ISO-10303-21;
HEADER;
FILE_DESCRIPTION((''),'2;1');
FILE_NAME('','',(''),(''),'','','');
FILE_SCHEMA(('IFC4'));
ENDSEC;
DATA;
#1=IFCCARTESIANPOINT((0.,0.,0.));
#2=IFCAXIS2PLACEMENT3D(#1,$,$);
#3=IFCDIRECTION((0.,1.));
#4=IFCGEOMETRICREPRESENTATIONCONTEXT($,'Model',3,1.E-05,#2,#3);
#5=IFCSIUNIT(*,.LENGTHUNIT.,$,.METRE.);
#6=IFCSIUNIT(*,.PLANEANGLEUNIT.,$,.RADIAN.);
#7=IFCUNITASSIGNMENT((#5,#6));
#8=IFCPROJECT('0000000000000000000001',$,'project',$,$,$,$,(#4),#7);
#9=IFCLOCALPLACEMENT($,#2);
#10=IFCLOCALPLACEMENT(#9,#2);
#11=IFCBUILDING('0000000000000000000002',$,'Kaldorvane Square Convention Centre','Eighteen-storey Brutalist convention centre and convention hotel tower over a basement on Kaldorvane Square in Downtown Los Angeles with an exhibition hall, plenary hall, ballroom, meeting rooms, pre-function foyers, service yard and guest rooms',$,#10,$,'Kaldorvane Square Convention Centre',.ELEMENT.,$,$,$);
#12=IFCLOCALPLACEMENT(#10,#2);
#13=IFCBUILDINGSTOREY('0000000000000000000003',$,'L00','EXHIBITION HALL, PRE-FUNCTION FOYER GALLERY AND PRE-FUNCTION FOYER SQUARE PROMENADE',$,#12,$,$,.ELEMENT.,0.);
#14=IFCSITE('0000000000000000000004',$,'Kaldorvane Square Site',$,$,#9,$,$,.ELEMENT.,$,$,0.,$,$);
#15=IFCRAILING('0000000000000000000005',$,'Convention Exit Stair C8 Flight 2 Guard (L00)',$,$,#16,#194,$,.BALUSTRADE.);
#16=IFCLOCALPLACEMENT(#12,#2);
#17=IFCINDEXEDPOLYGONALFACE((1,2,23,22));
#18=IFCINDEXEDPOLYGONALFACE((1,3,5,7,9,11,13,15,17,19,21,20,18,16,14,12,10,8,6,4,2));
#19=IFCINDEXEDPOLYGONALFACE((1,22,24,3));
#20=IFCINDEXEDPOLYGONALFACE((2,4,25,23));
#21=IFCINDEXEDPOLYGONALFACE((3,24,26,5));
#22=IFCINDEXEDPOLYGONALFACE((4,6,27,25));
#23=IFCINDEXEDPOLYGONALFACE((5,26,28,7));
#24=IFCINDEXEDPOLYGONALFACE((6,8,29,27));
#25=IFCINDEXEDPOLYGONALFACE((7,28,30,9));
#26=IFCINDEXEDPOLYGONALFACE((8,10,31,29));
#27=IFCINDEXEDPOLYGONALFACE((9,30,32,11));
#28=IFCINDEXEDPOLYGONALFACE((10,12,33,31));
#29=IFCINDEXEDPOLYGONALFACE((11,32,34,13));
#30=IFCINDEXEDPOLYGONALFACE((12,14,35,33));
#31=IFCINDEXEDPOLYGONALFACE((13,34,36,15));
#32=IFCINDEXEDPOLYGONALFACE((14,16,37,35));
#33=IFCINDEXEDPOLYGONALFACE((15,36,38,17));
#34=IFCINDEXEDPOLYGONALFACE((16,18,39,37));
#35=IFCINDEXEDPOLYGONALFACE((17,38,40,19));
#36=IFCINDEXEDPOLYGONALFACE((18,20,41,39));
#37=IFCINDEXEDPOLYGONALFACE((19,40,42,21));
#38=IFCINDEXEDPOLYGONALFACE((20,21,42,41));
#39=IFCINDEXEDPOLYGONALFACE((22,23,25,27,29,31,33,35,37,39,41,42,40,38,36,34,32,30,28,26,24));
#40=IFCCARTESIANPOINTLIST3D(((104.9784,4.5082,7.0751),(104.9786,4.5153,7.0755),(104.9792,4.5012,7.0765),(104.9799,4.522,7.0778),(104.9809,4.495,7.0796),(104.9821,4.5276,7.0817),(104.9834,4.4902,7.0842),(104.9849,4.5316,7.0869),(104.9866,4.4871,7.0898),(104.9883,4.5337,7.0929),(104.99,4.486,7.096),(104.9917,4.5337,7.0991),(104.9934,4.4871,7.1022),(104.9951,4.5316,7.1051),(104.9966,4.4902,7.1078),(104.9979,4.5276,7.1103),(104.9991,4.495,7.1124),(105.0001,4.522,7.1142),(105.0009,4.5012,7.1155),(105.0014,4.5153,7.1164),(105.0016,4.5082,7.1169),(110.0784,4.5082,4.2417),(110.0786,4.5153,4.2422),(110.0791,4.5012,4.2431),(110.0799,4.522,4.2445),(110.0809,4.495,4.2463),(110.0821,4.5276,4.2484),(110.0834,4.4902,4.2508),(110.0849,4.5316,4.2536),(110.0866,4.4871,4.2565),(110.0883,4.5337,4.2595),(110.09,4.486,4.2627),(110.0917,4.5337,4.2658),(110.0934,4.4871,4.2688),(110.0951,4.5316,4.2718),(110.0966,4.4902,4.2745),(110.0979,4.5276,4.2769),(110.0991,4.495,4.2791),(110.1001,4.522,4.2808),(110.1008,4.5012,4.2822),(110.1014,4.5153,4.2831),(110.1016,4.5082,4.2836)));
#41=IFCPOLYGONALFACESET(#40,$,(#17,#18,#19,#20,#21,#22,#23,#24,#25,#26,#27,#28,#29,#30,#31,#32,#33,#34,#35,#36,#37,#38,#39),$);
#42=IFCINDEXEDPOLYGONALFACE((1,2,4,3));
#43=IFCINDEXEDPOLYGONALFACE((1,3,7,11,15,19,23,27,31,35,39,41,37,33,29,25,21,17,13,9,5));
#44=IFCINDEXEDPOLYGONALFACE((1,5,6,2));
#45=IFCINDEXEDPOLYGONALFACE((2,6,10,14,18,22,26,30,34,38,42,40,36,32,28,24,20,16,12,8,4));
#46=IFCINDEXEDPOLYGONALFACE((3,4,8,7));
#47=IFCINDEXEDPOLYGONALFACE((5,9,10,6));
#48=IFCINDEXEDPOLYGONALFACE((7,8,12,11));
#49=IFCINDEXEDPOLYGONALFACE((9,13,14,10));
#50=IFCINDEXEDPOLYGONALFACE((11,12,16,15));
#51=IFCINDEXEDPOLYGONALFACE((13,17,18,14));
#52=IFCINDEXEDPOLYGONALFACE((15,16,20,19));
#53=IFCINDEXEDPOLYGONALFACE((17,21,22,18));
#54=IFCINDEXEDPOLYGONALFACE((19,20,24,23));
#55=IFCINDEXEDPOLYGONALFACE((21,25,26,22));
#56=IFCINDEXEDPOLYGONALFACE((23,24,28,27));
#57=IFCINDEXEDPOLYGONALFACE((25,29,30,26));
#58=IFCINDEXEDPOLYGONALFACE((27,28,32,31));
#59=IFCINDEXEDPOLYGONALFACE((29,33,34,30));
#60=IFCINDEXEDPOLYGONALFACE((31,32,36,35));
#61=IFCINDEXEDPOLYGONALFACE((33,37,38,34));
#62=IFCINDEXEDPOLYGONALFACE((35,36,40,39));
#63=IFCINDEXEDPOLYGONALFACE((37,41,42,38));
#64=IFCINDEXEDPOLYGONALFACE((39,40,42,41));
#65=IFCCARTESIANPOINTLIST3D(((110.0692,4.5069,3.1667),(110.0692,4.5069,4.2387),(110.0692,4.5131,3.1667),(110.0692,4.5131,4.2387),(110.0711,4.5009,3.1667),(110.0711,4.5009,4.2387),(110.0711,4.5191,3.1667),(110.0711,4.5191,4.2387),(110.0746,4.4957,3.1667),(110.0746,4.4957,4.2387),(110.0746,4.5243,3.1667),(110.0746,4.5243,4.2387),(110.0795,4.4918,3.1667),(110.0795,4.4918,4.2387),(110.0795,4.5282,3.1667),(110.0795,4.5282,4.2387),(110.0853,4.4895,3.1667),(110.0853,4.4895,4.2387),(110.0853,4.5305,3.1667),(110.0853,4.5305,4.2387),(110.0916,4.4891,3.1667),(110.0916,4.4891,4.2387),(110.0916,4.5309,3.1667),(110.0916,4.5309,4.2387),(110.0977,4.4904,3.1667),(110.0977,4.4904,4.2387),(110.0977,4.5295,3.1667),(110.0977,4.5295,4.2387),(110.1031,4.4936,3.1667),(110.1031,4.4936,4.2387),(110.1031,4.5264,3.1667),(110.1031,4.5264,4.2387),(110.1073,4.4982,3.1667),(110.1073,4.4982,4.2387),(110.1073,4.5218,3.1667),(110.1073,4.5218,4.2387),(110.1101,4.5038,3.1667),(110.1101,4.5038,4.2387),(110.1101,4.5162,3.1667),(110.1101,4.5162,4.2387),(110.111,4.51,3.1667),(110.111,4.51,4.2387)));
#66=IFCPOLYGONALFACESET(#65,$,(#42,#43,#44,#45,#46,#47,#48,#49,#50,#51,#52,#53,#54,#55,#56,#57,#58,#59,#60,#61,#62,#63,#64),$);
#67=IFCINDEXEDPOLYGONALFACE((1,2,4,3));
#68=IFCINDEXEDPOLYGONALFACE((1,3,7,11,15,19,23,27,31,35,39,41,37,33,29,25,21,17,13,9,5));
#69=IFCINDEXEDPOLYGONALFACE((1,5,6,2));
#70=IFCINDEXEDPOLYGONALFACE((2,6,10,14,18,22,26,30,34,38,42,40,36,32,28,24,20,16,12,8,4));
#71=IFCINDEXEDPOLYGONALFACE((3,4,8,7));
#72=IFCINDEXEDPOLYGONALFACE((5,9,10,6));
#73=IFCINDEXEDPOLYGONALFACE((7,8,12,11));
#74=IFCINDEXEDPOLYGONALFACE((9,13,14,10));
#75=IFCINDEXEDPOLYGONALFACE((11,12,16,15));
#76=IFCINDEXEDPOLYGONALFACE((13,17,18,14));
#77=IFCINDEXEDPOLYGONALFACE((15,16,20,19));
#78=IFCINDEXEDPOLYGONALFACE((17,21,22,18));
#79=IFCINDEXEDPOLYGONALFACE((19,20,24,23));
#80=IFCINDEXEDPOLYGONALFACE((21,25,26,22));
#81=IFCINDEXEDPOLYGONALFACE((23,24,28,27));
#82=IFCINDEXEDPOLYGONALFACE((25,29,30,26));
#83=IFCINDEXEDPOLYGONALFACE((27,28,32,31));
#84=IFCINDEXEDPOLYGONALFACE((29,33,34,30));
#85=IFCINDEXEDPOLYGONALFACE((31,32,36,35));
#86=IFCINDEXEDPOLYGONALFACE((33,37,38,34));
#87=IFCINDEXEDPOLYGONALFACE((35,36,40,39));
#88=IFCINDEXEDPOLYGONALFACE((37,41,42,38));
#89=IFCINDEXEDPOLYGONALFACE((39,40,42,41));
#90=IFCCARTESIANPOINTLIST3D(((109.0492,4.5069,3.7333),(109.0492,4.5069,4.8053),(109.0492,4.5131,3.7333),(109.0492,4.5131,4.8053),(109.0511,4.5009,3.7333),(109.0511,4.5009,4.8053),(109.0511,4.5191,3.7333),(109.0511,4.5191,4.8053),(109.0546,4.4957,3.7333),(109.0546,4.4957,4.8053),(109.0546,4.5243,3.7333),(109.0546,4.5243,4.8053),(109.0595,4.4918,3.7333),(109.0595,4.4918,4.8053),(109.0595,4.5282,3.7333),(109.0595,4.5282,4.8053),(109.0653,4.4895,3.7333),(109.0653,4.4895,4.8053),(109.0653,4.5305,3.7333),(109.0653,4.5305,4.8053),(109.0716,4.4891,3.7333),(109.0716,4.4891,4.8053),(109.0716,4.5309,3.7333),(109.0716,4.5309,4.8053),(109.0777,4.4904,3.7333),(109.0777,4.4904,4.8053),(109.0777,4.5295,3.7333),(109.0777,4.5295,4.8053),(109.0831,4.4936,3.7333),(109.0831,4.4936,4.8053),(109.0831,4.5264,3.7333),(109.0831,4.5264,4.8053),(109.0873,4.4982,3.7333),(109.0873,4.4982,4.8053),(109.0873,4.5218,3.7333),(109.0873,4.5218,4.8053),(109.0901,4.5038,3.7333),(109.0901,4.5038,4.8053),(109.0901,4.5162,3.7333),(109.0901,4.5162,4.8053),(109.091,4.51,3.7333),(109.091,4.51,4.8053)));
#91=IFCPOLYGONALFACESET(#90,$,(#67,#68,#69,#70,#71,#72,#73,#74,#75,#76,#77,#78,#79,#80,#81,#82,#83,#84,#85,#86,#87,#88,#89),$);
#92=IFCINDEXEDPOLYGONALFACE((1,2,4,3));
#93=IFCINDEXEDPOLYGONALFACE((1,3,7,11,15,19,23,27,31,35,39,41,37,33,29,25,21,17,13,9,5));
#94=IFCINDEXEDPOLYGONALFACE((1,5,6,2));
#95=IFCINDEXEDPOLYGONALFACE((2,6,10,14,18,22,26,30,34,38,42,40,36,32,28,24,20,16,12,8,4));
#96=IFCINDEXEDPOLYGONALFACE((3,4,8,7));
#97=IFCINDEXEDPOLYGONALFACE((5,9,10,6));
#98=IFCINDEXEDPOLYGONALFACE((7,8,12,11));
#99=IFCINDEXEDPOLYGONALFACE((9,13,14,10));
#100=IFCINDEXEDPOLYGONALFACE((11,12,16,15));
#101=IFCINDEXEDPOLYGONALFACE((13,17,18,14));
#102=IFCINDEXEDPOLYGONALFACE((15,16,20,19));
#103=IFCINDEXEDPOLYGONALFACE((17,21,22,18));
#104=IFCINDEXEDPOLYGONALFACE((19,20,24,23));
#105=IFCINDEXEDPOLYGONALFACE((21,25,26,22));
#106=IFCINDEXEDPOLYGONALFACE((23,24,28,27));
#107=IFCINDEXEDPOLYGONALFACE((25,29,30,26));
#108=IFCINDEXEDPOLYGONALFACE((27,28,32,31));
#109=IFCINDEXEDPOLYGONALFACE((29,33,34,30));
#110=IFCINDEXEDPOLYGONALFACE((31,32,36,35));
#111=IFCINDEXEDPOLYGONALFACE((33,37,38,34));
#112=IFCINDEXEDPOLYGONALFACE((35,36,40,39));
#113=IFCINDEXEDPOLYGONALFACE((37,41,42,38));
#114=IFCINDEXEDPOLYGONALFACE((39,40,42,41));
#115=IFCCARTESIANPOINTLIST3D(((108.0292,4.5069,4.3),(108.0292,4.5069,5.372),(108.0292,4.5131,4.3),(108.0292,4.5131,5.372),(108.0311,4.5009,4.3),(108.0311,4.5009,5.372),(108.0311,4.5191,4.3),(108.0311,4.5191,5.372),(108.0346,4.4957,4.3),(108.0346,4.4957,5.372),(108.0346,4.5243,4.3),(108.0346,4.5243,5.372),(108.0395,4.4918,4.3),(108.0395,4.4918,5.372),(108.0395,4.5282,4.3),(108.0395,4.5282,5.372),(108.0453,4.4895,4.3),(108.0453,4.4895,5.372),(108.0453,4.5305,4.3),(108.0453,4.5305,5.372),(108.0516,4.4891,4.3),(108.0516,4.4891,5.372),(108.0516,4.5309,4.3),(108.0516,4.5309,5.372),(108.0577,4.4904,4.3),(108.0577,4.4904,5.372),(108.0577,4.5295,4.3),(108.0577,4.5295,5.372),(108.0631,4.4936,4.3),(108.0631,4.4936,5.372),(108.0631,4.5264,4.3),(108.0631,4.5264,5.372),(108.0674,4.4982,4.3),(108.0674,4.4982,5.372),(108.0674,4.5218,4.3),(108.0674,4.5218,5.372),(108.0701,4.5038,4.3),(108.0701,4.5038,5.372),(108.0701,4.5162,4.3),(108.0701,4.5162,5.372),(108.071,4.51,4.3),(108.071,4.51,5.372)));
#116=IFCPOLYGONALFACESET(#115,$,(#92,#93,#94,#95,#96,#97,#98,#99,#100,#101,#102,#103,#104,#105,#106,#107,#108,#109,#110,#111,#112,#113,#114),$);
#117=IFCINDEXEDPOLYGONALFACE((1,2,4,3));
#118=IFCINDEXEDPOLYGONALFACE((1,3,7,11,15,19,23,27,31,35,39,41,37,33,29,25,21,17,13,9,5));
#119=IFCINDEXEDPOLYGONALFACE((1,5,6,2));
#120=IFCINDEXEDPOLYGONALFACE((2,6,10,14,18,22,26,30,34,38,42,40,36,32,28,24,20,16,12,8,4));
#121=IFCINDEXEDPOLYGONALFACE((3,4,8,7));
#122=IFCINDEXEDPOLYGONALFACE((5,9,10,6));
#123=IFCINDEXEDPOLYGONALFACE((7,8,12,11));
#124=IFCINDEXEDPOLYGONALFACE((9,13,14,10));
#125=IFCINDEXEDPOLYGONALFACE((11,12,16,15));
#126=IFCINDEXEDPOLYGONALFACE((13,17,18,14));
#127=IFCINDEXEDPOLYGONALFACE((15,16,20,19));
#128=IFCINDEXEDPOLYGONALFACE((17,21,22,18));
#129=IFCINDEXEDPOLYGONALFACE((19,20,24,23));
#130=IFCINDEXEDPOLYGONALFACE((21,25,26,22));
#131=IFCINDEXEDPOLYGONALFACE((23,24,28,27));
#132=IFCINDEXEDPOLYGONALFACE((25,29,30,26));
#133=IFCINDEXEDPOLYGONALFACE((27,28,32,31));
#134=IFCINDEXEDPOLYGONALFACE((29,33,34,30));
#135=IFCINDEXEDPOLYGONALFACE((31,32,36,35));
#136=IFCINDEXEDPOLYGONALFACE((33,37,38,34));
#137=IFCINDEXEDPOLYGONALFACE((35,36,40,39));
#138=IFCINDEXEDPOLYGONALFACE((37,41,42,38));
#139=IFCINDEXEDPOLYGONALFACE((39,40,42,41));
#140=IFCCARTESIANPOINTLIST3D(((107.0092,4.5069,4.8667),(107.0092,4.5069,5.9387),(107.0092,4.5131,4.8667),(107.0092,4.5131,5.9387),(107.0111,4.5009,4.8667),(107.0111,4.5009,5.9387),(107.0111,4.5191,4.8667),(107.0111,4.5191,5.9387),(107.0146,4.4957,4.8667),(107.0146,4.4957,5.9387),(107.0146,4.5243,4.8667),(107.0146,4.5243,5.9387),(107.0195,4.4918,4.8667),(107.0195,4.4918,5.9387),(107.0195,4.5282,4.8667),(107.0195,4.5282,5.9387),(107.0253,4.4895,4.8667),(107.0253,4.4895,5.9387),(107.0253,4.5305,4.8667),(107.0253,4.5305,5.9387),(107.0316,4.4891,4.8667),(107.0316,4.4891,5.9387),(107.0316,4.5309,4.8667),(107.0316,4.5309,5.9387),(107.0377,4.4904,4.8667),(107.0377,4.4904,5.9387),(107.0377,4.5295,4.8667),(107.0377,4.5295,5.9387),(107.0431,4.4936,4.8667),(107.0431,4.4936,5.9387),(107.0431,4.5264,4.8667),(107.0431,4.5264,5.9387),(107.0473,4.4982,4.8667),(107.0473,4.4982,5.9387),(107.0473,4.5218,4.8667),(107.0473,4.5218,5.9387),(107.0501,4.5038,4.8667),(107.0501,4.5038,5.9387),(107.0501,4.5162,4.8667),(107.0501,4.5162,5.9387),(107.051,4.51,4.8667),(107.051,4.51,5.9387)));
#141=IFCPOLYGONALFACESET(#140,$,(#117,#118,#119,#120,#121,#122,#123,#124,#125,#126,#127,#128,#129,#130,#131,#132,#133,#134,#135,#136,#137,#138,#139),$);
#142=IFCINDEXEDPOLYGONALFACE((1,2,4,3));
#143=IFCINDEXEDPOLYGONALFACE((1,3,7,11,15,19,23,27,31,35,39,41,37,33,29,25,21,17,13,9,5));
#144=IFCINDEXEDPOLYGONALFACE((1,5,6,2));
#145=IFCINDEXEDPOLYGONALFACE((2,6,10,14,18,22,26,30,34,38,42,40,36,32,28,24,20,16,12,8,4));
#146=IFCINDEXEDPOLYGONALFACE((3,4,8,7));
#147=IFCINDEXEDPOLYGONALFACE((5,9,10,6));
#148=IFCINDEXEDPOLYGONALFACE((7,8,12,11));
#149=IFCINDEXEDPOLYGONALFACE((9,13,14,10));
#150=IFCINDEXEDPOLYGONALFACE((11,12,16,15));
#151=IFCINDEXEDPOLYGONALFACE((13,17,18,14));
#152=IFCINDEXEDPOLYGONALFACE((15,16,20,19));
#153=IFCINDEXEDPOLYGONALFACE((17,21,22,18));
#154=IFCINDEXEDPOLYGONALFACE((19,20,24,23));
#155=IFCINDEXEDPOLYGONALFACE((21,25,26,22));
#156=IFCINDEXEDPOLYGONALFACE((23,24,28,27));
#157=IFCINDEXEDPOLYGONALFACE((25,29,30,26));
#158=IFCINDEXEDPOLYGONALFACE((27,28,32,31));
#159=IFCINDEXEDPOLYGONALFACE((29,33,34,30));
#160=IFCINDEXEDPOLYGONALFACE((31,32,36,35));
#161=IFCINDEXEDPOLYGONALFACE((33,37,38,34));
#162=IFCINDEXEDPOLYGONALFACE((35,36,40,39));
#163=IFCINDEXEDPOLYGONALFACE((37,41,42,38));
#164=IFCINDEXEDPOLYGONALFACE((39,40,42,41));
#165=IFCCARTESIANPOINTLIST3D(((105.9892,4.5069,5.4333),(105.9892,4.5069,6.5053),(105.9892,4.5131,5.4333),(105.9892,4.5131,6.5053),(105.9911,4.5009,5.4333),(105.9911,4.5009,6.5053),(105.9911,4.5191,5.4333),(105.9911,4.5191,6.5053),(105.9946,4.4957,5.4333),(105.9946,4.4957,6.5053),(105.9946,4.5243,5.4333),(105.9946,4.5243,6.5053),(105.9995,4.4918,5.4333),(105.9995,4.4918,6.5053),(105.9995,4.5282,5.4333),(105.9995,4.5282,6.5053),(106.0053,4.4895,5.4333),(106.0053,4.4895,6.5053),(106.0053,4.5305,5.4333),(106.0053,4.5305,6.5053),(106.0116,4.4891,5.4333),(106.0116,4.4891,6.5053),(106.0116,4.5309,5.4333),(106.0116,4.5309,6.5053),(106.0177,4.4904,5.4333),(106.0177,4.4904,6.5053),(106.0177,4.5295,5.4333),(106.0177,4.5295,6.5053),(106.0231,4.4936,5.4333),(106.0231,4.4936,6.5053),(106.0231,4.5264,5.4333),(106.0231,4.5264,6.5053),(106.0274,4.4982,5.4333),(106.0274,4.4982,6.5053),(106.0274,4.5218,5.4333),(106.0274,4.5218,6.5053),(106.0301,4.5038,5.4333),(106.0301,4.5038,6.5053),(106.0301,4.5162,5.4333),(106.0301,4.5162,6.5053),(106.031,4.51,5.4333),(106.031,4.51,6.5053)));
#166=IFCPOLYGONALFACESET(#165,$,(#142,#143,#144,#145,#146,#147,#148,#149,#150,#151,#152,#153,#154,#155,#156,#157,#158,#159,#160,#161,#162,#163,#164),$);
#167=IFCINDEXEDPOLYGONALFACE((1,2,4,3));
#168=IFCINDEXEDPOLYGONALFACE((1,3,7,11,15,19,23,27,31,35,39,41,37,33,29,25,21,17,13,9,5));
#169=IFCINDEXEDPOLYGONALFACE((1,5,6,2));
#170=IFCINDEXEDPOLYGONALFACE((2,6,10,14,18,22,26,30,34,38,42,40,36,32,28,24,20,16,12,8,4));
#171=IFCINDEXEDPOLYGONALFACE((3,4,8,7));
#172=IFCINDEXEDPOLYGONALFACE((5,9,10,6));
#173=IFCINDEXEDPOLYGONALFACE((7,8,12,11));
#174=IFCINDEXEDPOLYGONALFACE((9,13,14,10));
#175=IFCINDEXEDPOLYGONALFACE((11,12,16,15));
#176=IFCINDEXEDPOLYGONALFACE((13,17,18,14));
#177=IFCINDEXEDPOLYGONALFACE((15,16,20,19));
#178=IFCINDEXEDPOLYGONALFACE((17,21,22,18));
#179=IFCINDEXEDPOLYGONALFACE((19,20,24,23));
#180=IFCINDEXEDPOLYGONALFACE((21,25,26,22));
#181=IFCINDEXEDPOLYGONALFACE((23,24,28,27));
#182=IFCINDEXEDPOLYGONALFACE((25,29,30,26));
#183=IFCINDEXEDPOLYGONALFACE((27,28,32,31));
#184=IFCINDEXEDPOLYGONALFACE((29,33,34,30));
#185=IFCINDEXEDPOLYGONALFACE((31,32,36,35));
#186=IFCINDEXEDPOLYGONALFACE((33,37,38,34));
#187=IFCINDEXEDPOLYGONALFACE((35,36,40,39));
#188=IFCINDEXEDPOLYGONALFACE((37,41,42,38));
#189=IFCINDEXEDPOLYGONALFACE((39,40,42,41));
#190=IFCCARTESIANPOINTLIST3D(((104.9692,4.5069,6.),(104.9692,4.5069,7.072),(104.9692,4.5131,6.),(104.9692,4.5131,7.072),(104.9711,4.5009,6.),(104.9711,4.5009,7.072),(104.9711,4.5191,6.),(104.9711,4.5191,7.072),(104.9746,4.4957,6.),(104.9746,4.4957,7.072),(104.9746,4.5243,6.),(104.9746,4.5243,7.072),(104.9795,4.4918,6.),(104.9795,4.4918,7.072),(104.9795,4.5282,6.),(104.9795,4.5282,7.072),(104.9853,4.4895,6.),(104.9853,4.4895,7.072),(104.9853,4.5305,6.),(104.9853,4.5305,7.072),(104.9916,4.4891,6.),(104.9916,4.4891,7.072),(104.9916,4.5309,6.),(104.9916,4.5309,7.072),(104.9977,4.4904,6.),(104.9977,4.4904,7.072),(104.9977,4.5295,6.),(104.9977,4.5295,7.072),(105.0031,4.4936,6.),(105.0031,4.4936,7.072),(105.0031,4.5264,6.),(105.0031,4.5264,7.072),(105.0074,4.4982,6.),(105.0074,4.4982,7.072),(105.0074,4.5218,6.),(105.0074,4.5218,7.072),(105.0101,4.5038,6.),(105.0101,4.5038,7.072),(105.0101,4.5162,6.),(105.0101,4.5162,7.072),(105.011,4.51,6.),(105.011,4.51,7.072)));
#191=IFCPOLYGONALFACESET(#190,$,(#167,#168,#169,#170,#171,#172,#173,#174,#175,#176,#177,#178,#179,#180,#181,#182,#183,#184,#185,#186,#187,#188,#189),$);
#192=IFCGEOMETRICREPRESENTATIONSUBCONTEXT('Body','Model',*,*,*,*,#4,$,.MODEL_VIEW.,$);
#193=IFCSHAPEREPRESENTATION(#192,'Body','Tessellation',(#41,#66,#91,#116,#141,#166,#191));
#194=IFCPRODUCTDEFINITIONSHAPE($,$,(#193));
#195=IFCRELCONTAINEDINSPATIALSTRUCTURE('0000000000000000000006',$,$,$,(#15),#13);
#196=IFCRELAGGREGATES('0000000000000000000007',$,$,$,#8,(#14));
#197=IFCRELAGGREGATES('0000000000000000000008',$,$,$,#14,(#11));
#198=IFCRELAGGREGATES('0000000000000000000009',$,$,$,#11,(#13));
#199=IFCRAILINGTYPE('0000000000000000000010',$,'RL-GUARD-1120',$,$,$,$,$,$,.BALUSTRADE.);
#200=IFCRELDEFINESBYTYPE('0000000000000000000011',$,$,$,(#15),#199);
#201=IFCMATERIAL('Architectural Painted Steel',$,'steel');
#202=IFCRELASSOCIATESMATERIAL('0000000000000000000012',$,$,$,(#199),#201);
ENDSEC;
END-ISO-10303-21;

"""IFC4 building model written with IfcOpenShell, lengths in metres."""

from ifc_helpers import new_model, si_unit, direction, frame, origin, origin_2d, place, context, subcontext, project, spatial, circle, extrude, material, type_object, element, save


model = new_model("IFC4")

# Units and contexts
model_context = context("Model", 3, precision=1e-05, world=origin(), true_north=direction((0.0, 1.0)))
body_context = subcontext(model_context, "Body", "Model", "MODEL_VIEW")
ifc_project = project(units=[si_unit("LENGTHUNIT", "METRE"), si_unit("PLANEANGLEUNIT", "RADIAN")], contexts=[model_context])

# Site, building, storey
site_placement = place(None, origin())
site = spatial("IfcSite", under=ifc_project, at=site_placement, Name="Kaldorvane Square Site", CompositionType="ELEMENT", RefElevation=0.0)
building_placement = place(site_placement, origin())
building = spatial("IfcBuilding", under=site, at=building_placement, Name="Kaldorvane Square Convention Centre", Description="Eighteen-storey Brutalist convention centre and convention hotel tower over a basement on Kaldorvane Square in Downtown Los Angeles with an exhibition hall, plenary hall, ballroom, meeting rooms, pre-function foyers, service yard and guest rooms", LongName="Kaldorvane Square Convention Centre", CompositionType="ELEMENT")
storey_placement = place(building_placement, origin())
storey = spatial("IfcBuildingStorey", under=building, at=storey_placement, Name="L00", Description="EXHIBITION HALL, PRE-FUNCTION FOYER GALLERY AND PRE-FUNCTION FOYER SQUARE PROMENADE", CompositionType="ELEMENT", Elevation=0.0)

# Railing
ifc_material_1 = material(Name="Architectural Painted Steel", Category="steel")
railing_type_1 = type_object("IfcRailingType", Name="RL-GUARD-1120", PredefinedType="BALUSTRADE", material=ifc_material_1)
railing_1_placement = place(storey_placement, frame((110.09, 4.51, 3.1667)))
element("IfcRailing", 1, at=railing_1_placement, inside=storey, type_object=railing_type_1, Name="Convention Exit Stair C8 Flight 2 Guard (L00)", PredefinedType="BALUSTRADE", context=body_context, shape_type="SweptSolid", body=[
    extrude(circle(Radius=0.024, at=origin_2d()), frame((0.0, 0.0, 1.096), z_axis=(-0.874157, 0.0, 0.485643), x_axis=(0.0, -1.0, 0.0)), (0.0, 0.0, 1.0), 5.8342),
    extrude(circle(Radius=0.021, at=origin_2d()), origin(), (0.0, 0.0, 1.0), 1.072),
    extrude(circle(Radius=0.021, at=origin_2d()), frame((-1.02, 0.0, 0.5667)), (0.0, 0.0, 1.0), 1.072),
    extrude(circle(Radius=0.021, at=origin_2d()), frame((-2.04, 0.0, 1.1333)), (0.0, 0.0, 1.0), 1.072),
    extrude(circle(Radius=0.021, at=origin_2d()), frame((-3.06, 0.0, 1.7)), (0.0, 0.0, 1.0), 1.072),
    extrude(circle(Radius=0.021, at=origin_2d()), frame((-4.08, 0.0, 2.2667)), (0.0, 0.0, 1.0), 1.072),
    extrude(circle(Radius=0.021, at=origin_2d()), frame((-5.1, 0.0, 2.8333)), (0.0, 0.0, 1.0), 1.072),
])

save(model, "model.ifc")
